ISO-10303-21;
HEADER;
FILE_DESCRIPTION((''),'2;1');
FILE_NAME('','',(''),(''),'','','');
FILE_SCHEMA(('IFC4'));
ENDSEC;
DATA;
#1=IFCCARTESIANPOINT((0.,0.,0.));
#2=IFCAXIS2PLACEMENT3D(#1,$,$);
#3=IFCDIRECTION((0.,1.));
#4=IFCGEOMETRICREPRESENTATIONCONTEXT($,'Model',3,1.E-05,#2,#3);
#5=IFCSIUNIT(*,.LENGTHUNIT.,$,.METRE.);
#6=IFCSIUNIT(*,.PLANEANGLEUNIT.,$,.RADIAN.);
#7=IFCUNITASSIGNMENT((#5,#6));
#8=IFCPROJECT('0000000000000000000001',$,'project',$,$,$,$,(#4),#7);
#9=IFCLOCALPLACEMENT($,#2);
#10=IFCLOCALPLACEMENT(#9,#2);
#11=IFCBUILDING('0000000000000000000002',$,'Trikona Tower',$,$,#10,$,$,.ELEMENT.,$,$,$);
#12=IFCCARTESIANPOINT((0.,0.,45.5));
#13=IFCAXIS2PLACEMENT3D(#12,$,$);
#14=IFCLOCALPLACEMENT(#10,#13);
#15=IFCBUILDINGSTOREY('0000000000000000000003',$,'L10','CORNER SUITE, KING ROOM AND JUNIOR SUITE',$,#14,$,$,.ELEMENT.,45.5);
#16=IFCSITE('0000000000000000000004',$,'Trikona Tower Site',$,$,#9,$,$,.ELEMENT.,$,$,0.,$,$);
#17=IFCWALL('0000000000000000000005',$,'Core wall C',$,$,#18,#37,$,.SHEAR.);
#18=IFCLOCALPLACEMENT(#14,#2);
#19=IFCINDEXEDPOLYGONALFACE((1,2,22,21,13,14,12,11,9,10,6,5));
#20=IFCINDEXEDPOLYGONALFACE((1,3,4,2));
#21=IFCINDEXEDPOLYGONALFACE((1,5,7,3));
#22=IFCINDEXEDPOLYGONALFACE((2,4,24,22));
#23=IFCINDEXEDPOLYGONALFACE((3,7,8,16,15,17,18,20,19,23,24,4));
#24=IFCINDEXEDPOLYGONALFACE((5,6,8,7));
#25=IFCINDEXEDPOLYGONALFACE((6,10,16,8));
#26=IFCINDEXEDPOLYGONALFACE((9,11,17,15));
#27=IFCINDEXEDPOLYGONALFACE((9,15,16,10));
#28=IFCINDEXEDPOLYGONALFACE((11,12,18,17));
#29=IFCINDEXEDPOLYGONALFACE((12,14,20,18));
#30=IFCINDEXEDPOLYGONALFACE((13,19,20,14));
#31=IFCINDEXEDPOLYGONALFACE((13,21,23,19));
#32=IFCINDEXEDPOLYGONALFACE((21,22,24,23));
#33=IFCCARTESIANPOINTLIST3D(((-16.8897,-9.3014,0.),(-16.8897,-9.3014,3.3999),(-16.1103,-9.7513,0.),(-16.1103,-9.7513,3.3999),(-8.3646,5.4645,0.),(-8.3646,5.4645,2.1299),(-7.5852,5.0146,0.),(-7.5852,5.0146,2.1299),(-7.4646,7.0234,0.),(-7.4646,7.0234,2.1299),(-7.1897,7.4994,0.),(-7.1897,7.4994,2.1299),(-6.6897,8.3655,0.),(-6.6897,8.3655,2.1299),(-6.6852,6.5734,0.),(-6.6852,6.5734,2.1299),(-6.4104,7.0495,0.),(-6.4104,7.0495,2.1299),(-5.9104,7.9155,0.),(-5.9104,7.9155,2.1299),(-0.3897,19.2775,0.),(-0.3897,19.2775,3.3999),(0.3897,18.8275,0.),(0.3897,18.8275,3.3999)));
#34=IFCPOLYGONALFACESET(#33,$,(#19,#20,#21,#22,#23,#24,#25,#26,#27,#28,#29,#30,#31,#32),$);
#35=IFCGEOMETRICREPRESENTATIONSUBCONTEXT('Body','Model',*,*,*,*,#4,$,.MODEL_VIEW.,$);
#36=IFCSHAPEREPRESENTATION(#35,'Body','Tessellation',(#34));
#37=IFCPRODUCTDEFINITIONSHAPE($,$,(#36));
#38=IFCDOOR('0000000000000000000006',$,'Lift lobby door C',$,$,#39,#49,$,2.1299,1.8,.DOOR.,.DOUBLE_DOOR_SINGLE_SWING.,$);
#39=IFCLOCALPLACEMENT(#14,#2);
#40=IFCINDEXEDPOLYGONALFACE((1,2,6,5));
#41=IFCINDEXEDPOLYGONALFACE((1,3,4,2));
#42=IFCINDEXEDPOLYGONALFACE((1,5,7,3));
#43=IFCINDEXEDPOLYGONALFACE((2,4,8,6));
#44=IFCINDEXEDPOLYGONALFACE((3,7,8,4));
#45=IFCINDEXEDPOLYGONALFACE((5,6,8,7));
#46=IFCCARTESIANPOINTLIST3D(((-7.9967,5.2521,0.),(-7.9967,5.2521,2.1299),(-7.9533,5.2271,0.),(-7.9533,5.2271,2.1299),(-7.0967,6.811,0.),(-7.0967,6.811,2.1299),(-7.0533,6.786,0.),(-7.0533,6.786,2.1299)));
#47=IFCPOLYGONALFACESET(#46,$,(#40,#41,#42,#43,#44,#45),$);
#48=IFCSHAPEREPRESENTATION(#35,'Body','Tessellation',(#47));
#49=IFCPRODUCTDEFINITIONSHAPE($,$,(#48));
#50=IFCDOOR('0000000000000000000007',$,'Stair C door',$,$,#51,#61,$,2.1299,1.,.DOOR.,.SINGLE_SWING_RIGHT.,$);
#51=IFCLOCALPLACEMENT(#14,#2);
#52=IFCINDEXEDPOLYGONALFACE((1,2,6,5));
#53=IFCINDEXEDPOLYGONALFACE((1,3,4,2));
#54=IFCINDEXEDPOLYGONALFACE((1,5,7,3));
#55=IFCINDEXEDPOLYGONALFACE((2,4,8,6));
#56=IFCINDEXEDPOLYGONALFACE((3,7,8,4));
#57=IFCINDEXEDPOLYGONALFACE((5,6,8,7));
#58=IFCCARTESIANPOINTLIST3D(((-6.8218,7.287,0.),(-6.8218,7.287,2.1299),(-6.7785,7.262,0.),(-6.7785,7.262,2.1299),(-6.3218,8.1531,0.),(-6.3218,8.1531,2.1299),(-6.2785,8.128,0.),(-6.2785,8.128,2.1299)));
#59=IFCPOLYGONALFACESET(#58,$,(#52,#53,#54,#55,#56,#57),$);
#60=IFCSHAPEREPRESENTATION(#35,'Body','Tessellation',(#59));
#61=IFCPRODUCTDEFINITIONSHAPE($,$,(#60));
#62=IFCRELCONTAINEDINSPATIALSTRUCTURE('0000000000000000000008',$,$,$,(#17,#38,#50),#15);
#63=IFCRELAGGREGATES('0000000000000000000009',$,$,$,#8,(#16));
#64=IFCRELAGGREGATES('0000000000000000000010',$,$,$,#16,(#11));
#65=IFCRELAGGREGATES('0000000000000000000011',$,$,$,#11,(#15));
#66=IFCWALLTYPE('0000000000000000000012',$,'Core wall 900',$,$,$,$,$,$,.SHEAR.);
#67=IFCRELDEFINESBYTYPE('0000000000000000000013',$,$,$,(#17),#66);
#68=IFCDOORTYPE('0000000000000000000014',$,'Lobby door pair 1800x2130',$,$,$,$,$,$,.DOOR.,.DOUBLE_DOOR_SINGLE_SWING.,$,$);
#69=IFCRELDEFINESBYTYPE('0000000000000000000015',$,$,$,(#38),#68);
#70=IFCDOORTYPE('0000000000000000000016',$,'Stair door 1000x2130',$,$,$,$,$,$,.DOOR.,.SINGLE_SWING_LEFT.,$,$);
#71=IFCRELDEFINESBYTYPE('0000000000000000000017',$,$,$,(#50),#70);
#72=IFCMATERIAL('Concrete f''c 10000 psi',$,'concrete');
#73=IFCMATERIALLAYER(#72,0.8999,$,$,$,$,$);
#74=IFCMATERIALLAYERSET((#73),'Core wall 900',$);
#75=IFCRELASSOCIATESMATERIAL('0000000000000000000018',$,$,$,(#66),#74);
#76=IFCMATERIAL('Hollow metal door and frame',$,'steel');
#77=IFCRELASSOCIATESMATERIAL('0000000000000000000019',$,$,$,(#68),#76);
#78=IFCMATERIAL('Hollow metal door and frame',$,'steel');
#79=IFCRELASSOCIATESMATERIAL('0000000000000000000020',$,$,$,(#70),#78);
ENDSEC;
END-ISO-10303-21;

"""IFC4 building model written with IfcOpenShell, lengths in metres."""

from ifc_helpers import new_model, si_unit, direction, frame, frame_2d, origin, place, context, subcontext, project, spatial, rectangle, extrude, material, layer, layer_set, type_object, element, fill, save


model = new_model("IFC4")

# Units and contexts
model_context = context("Model", 3, precision=1e-05, world=origin(), true_north=direction((0.0, 1.0)))
body_context = subcontext(model_context, "Body", "Model", "MODEL_VIEW")
ifc_project = project(units=[si_unit("LENGTHUNIT", "METRE"), si_unit("PLANEANGLEUNIT", "RADIAN")], contexts=[model_context])

# Site, building, storey
site_placement = place(None, origin())
site = spatial("IfcSite", under=ifc_project, at=site_placement, Name="Trikona Tower Site", CompositionType="ELEMENT", RefElevation=0.0)
building_placement = place(site_placement, origin())
building = spatial("IfcBuilding", under=site, at=building_placement, Name="Trikona Tower", CompositionType="ELEMENT")
storey_placement = place(building_placement, frame((0.0, 0.0, 45.5)))
storey = spatial("IfcBuildingStorey", under=building, at=storey_placement, Name="L10", Description="CORNER SUITE, KING ROOM AND JUNIOR SUITE", CompositionType="ELEMENT", Elevation=45.5)

# Wall, openings, doors
ifc_material_1 = material(Name="Concrete f'c 10000 psi", Category="concrete")
ifc_layer_1 = layer(ifc_material_1, 0.8999)
ifc_layer_set_1 = layer_set([ifc_layer_1], Name="Core wall 900")
wall_type_1 = type_object("IfcWallType", Name="Core wall 900", PredefinedType="SHEAR", material=ifc_layer_set_1)
wall_1_placement = place(storey_placement, frame((0.0, 19.0525, 0.0), z_axis=(0.0, 0.0, 1.0), x_axis=(-0.5, -0.866026, 0.0)))
wall_1 = element("IfcWall", 1, at=wall_1_placement, inside=storey, type_object=wall_type_1, Name="Core wall C", PredefinedType="SHEAR", context=body_context, shape_type="SweptSolid", body=[
    extrude(rectangle(XDim=33.0, YDim=0.8999, at=frame_2d((16.5, 0.0))), origin(), (0.0, 0.0, 1.0), 3.3999),
])
opening_1_placement = place(wall_1_placement, frame((14.1499, 0.0, 0.0)))
opening_1 = element("IfcOpeningElement", 2, at=opening_1_placement, cuts=wall_1, PredefinedType="OPENING", context=body_context, shape_type="SweptSolid", body=[
    extrude(rectangle(XDim=1.8, YDim=2.1299, at=frame_2d((0.8999, 1.0649))), frame((0.0, 0.46, 0.0), z_axis=(0.0, -1.0, 0.0), x_axis=(1.0, 0.0, 0.0)), (0.0, 0.0, 1.0), 0.9199),
])
opening_2_placement = place(wall_1_placement, frame((12.6001, 0.0, 0.0)))
opening_2 = element("IfcOpeningElement", 3, at=opening_2_placement, cuts=wall_1, PredefinedType="OPENING", context=body_context, shape_type="SweptSolid", body=[
    extrude(rectangle(XDim=1.0, YDim=2.1299, at=frame_2d((0.5, 1.0649))), frame((0.0, 0.46, 0.0), z_axis=(0.0, -1.0, 0.0), x_axis=(1.0, 0.0, 0.0)), (0.0, 0.0, 1.0), 0.9199),
])
ifc_material_2 = material(Name="Hollow metal door and frame", Category="steel")
door_type_1 = type_object("IfcDoorType", Name="Lobby door pair 1800x2130", OperationType="DOUBLE_DOOR_SINGLE_SWING", PredefinedType="DOOR", material=ifc_material_2)
door_1_placement = place(opening_1_placement, origin())
door_1 = element("IfcDoor", 4, at=door_1_placement, inside=storey, type_object=door_type_1, Name="Lift lobby door C", OperationType="DOUBLE_DOOR_SINGLE_SWING", OverallHeight=2.1299, OverallWidth=1.8, PredefinedType="DOOR", context=body_context, shape_type="SweptSolid", body=[
    extrude(rectangle(XDim=1.8, YDim=2.1299, at=frame_2d((0.8999, 1.0649))), frame((0.0, 0.0249, 0.0), z_axis=(0.0, -1.0, 0.0), x_axis=(1.0, 0.0, 0.0)), (0.0, 0.0, 1.0), 0.05),
])
fill(opening_1, door_1)
ifc_material_3 = material(Name="Hollow metal door and frame", Category="steel")
door_type_2 = type_object("IfcDoorType", Name="Stair door 1000x2130", OperationType="SINGLE_SWING_LEFT", PredefinedType="DOOR", material=ifc_material_3)
door_2_placement = place(opening_2_placement, origin())
door_2 = element("IfcDoor", 5, at=door_2_placement, inside=storey, type_object=door_type_2, Name="Stair C door", OperationType="SINGLE_SWING_RIGHT", OverallHeight=2.1299, OverallWidth=1.0, PredefinedType="DOOR", context=body_context, shape_type="SweptSolid", body=[
    extrude(rectangle(XDim=1.0, YDim=2.1299, at=frame_2d((0.5, 1.0649))), frame((0.0, 0.0249, 0.0), z_axis=(0.0, -1.0, 0.0), x_axis=(1.0, 0.0, 0.0)), (0.0, 0.0, 1.0), 0.05),
])
fill(opening_2, door_2)

save(model, "model.ifc")
